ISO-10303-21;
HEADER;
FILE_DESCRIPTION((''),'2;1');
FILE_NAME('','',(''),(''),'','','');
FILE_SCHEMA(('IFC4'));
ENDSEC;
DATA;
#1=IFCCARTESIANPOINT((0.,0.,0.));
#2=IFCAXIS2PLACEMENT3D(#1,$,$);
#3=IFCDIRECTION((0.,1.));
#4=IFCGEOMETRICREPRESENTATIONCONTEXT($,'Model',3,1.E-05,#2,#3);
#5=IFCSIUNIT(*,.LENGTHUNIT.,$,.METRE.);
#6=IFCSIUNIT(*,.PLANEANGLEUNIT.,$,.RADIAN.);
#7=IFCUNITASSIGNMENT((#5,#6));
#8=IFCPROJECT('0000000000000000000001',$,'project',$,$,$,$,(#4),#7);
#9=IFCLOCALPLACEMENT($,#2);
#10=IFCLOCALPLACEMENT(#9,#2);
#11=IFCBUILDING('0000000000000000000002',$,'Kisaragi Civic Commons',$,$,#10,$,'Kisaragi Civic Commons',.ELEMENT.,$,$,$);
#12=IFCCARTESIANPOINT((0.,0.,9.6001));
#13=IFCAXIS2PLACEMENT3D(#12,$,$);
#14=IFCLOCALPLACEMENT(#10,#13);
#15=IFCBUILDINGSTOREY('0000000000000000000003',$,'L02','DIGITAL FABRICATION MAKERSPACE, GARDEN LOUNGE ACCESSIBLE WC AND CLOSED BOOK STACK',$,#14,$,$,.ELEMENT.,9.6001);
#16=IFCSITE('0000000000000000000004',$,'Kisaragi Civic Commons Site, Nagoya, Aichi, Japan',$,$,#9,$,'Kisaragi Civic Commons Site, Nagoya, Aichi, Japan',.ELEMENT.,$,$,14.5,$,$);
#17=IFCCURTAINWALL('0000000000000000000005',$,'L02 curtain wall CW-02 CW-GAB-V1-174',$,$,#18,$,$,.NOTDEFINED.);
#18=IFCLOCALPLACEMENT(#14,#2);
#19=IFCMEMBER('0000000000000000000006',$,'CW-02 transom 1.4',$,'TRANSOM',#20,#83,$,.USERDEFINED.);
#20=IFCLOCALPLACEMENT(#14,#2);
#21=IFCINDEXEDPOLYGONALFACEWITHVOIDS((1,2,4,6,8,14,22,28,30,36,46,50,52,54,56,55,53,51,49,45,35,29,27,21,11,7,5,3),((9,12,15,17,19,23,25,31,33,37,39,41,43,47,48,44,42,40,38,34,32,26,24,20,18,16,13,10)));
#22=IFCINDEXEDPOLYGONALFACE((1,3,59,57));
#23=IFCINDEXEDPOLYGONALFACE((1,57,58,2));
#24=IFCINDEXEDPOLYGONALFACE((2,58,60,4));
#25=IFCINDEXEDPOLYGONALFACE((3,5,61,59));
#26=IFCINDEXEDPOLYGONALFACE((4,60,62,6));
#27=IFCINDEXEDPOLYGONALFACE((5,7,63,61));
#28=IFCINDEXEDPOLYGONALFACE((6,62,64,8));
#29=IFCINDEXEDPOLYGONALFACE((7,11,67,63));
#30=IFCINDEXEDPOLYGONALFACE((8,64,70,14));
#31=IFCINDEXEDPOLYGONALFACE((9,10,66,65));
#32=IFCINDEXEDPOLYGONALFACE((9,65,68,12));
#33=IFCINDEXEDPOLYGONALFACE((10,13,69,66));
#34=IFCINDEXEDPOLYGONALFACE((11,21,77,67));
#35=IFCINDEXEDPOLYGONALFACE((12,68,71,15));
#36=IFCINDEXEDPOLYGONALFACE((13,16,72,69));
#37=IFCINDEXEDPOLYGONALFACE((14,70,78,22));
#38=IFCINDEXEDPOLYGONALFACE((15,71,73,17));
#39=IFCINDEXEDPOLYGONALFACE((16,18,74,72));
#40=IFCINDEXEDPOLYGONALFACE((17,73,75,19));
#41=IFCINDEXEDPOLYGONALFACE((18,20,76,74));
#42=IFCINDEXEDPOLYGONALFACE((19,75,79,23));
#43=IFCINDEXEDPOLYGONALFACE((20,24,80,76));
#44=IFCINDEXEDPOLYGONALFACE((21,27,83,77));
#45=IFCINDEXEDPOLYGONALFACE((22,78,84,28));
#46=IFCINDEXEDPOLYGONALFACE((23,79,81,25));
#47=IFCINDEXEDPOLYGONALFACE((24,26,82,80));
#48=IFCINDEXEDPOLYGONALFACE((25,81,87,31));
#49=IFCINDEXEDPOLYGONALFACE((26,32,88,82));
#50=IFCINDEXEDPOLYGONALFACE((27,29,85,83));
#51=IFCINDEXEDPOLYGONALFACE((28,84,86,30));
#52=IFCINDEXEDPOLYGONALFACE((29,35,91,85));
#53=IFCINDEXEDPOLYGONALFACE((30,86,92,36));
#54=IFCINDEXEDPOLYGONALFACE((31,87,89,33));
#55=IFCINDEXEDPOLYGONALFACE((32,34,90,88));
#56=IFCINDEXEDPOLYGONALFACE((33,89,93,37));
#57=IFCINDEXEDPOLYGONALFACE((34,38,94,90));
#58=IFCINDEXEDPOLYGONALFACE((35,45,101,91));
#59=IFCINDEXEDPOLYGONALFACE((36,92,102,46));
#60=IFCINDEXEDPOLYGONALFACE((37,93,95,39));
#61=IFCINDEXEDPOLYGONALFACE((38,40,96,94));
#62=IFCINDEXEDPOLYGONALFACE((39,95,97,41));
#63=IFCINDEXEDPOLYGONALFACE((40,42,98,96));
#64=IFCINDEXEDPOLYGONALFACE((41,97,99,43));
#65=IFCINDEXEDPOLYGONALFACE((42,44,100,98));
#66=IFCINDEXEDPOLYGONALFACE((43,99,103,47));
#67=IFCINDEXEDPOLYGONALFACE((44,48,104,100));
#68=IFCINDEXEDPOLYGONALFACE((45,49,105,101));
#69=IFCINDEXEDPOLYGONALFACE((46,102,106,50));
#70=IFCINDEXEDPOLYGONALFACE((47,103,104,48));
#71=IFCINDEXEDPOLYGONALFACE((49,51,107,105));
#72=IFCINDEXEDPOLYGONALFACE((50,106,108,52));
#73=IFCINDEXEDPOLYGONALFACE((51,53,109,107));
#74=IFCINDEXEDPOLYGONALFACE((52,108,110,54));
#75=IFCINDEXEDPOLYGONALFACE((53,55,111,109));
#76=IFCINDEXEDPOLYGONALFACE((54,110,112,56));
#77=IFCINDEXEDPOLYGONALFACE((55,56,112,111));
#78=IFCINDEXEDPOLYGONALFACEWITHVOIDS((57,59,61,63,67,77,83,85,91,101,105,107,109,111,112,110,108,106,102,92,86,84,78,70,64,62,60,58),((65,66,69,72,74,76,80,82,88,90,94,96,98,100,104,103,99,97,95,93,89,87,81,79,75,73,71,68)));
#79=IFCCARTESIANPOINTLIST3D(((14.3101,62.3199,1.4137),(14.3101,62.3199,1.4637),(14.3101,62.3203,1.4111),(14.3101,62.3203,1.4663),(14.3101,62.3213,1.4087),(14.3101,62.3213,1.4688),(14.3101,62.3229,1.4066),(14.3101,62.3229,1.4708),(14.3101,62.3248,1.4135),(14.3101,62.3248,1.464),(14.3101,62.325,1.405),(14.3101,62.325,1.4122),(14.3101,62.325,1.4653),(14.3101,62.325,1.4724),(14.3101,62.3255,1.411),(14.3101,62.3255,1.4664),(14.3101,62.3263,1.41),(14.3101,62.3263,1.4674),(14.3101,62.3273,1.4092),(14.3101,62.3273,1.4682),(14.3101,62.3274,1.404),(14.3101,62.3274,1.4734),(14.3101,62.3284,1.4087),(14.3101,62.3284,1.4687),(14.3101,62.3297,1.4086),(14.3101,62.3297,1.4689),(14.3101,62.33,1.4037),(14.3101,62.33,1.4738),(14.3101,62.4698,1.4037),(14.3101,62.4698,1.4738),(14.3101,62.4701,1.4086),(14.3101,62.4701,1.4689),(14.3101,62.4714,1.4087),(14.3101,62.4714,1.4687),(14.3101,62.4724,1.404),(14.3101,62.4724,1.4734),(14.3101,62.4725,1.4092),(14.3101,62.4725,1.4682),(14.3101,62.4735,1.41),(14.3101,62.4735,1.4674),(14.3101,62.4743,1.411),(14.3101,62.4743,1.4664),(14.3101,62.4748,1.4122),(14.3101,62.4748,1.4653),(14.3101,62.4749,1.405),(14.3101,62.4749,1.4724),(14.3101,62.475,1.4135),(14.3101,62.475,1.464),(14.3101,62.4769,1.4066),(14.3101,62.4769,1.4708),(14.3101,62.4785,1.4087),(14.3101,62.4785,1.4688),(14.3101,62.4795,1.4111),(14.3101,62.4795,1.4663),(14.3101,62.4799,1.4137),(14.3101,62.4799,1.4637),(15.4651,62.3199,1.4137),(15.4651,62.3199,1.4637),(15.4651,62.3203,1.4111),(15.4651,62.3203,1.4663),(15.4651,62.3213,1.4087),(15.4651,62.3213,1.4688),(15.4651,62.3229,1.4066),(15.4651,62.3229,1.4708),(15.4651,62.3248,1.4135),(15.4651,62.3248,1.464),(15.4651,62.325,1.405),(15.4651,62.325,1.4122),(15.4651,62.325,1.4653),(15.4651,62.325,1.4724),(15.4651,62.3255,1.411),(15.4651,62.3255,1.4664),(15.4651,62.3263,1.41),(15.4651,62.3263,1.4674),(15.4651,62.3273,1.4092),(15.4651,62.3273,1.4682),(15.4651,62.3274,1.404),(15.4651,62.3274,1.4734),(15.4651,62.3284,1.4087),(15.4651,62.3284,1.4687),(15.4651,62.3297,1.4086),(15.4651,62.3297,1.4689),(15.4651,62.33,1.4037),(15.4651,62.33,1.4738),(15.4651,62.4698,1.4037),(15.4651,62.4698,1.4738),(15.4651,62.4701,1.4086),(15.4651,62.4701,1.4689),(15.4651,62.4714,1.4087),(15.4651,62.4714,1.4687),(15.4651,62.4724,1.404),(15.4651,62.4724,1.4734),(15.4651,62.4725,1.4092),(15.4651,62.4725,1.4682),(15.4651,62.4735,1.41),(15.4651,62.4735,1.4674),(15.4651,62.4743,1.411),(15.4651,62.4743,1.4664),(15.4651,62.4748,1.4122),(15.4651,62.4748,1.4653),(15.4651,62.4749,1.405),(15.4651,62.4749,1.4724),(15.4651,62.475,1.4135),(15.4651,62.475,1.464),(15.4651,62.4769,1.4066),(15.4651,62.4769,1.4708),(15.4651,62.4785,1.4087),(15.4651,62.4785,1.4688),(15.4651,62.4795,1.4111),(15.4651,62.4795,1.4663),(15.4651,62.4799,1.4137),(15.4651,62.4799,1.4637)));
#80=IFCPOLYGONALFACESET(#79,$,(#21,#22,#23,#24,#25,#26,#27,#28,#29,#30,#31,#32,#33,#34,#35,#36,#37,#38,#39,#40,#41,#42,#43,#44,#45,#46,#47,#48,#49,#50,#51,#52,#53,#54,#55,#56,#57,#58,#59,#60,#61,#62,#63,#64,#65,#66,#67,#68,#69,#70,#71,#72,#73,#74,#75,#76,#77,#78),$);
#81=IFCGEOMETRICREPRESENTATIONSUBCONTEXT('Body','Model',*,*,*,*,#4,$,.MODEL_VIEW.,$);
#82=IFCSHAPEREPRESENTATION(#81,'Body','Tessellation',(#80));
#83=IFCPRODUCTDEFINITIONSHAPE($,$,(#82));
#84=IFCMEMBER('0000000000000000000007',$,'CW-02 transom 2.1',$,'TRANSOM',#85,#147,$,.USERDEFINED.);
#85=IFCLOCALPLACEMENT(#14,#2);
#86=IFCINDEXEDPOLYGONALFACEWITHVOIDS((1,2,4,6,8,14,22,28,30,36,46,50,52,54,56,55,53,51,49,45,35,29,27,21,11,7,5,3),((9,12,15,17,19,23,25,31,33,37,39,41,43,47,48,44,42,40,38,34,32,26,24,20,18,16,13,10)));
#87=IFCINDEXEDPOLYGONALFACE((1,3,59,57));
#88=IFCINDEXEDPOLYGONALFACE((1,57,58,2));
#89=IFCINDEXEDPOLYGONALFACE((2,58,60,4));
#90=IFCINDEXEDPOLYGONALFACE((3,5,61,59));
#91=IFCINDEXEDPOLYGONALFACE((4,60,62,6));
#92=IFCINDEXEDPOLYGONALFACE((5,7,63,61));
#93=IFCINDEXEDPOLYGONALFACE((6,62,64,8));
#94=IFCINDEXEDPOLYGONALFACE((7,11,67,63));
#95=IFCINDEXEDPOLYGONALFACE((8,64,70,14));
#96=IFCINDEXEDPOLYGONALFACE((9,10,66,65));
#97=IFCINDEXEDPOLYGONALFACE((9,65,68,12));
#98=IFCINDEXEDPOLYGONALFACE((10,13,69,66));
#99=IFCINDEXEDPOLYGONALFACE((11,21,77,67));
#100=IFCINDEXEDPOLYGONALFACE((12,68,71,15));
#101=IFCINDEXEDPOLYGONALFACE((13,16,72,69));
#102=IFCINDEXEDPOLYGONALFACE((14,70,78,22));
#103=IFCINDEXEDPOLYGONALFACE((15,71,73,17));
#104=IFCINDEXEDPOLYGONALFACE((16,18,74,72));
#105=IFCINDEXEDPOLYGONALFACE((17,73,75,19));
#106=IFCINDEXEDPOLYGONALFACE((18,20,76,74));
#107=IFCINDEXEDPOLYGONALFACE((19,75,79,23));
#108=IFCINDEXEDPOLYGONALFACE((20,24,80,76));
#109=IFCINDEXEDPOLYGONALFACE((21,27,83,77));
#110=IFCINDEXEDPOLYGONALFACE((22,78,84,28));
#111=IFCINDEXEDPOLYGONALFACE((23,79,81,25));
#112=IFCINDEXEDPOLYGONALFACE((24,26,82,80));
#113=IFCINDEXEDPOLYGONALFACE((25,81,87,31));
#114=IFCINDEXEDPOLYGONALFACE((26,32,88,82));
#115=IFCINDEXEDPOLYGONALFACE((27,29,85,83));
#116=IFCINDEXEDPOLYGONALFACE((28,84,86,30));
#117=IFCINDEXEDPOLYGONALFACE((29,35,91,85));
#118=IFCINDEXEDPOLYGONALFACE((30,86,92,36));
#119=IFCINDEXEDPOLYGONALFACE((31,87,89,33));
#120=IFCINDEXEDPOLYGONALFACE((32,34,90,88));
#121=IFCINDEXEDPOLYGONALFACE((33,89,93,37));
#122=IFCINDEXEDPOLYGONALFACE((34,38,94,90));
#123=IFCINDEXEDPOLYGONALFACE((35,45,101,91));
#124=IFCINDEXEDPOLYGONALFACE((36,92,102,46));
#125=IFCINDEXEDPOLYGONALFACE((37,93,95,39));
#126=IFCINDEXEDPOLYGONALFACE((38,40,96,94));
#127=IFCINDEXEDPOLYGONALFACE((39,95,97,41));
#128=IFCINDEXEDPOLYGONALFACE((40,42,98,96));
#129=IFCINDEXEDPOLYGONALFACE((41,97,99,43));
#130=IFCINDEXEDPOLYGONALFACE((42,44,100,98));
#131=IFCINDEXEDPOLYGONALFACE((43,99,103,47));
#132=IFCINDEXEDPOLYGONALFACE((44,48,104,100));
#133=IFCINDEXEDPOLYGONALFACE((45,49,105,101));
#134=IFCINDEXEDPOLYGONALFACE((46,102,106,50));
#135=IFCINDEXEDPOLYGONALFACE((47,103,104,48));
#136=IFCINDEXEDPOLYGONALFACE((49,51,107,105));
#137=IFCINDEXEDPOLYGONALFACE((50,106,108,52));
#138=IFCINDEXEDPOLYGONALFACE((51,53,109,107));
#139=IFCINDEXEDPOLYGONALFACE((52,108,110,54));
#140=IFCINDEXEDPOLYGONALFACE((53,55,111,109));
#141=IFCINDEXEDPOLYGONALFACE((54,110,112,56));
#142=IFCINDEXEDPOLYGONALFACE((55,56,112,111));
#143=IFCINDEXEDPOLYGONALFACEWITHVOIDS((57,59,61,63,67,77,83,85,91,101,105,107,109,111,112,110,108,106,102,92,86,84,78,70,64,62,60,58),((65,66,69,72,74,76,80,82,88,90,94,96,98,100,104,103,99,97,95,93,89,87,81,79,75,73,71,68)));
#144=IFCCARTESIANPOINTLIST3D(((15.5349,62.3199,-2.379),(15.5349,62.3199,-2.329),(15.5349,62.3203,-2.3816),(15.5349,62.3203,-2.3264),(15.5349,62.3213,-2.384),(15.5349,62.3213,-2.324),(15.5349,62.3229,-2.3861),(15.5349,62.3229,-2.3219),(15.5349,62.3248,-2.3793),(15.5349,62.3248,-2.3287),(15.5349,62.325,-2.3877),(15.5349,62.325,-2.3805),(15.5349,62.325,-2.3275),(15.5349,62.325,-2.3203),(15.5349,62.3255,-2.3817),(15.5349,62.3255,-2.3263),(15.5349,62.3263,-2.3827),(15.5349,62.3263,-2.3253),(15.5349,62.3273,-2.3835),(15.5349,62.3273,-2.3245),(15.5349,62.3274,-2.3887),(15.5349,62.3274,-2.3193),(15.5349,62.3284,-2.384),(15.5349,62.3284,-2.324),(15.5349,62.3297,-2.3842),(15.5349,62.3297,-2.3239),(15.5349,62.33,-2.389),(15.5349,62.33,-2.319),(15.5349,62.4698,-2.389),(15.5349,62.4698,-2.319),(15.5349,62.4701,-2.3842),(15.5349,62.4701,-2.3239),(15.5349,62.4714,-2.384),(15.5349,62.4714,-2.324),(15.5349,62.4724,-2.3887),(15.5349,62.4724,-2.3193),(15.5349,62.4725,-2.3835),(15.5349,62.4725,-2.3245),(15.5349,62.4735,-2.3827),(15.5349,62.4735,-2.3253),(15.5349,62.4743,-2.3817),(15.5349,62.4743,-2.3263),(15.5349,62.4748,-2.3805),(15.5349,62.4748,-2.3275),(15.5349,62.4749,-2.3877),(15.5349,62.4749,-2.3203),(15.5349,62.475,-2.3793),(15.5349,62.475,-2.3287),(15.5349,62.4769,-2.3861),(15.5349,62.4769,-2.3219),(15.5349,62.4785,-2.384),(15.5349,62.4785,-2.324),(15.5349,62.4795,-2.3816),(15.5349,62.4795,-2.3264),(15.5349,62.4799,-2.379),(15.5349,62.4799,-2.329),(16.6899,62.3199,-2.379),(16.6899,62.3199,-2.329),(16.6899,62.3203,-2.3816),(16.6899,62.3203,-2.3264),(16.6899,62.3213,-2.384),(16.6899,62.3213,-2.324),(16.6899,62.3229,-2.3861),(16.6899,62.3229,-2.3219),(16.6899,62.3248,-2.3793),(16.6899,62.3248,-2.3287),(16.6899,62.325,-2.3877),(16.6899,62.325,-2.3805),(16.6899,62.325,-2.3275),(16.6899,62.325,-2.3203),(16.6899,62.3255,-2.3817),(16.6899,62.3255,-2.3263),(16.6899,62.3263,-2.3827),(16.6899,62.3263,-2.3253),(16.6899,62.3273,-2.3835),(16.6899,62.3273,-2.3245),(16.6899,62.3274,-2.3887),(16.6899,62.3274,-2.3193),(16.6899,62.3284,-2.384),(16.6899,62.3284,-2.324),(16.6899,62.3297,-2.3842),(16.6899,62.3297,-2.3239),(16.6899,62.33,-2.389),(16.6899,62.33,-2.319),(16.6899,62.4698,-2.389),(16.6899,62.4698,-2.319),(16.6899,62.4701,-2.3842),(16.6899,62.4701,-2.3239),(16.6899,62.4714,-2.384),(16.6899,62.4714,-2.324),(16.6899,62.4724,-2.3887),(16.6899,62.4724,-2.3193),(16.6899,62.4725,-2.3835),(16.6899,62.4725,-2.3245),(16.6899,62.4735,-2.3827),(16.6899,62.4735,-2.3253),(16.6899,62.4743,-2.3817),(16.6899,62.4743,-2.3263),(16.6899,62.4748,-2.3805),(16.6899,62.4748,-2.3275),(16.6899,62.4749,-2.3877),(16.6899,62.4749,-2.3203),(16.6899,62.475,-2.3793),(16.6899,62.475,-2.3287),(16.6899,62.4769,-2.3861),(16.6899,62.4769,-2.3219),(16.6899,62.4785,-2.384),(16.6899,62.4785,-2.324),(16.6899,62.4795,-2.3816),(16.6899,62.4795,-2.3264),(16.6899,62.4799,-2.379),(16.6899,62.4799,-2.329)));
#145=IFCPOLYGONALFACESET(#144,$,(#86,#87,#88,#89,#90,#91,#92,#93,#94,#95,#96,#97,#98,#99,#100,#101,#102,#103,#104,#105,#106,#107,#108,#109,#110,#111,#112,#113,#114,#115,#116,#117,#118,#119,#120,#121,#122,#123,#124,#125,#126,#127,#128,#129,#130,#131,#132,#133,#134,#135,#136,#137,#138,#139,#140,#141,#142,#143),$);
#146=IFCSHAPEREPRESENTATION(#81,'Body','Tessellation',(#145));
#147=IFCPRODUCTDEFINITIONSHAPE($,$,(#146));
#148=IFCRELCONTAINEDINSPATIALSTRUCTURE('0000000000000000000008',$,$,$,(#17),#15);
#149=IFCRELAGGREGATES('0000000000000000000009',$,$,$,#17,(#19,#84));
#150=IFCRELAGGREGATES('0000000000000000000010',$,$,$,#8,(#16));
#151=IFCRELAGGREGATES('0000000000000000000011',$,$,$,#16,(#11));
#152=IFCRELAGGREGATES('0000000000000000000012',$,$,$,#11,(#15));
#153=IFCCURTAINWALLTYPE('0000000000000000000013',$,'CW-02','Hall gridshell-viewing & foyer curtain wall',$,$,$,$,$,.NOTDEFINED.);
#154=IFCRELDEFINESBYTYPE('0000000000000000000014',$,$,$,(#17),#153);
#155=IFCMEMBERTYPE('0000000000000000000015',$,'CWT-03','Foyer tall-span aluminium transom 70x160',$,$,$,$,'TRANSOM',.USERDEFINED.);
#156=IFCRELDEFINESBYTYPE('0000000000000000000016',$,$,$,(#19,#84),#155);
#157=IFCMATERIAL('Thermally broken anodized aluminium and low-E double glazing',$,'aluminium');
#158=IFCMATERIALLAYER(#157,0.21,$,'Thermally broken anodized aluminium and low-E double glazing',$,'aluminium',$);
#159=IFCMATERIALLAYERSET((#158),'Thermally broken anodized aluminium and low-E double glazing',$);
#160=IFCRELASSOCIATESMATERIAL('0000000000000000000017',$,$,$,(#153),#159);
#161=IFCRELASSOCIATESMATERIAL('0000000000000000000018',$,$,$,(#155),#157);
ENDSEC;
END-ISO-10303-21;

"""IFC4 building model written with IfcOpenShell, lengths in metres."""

from ifc_helpers import new_model, si_unit, direction, frame, origin, origin_2d, place, context, subcontext, project, spatial, hollow_rectangle, extrude, material, layer, layer_set, material_profile, profile_set, type_object, element, aggregate, save


model = new_model("IFC4")

# Units and contexts
model_context = context("Model", 3, precision=1e-05, world=origin(), true_north=direction((0.0, 1.0)))
body_context = subcontext(model_context, "Body", "Model", "MODEL_VIEW")
ifc_project = project(units=[si_unit("LENGTHUNIT", "METRE"), si_unit("PLANEANGLEUNIT", "RADIAN")], contexts=[model_context])

# Site, building, storey
site_placement = place(None, origin())
site = spatial("IfcSite", under=ifc_project, at=site_placement, Name="Kisaragi Civic Commons Site, Nagoya, Aichi, Japan", LongName="Kisaragi Civic Commons Site, Nagoya, Aichi, Japan", CompositionType="ELEMENT", RefElevation=14.5)
building_placement = place(site_placement, origin())
building = spatial("IfcBuilding", under=site, at=building_placement, Name="Kisaragi Civic Commons", LongName="Kisaragi Civic Commons", CompositionType="ELEMENT")
storey_placement = place(building_placement, frame((0.0, 0.0, 9.6001)))
storey = spatial("IfcBuildingStorey", under=building, at=storey_placement, Name="L02", Description="DIGITAL FABRICATION MAKERSPACE, GARDEN LOUNGE ACCESSIBLE WC AND CLOSED BOOK STACK", CompositionType="ELEMENT", Elevation=9.6001)

# Curtain wall, members
ifc_material_1 = material(Name="Thermally broken anodized aluminium and low-E double glazing", Category="aluminium")
ifc_layer_1 = layer(ifc_material_1, 0.21, Name="Thermally broken anodized aluminium and low-E double glazing", Category="aluminium")
ifc_layer_set_1 = layer_set([ifc_layer_1], Name="Thermally broken anodized aluminium and low-E double glazing")
curtain_wall_type = type_object("IfcCurtainWallType", Name="CW-02", Description="Hall gridshell-viewing & foyer curtain wall", PredefinedType="NOTDEFINED", material=ifc_layer_set_1)
curtain_wall_placement = place(storey_placement, origin())
curtain_wall = element("IfcCurtainWall", 1, at=curtain_wall_placement, inside=storey, type_object=curtain_wall_type, Name="L02 curtain wall CW-02 CW-GAB-V1-174", PredefinedType="NOTDEFINED")
ifc_material_profile_1 = material_profile(ifc_material_1, hollow_rectangle(XDim=0.1599, YDim=0.0701, WallThickness=0.0049, InnerFilletRadius=0.0049, OuterFilletRadius=0.01, at=origin_2d()), Name="CWT-70x160x5", Category="aluminium")
ifc_profile_set_1 = profile_set([ifc_material_profile_1], Name="Thermally broken anodized aluminium and low-E double glazing")
member_type_1 = type_object("IfcMemberType", Name="CWT-03", Description="Foyer tall-span aluminium transom 70x160", ElementType="TRANSOM", PredefinedType="USERDEFINED", material=ifc_profile_set_1)
member_1_placement = place(storey_placement, frame((14.3101, 62.3999, 1.4387), z_axis=(1.0, 0.0, 0.0), x_axis=(0.0, 1.0, 0.0)))
member_1 = element("IfcMember", 2, at=member_1_placement, type_object=member_type_1, Name="CW-02 transom 1.4", ObjectType="TRANSOM", PredefinedType="USERDEFINED", context=body_context, shape_type="SweptSolid", body=[
    extrude(hollow_rectangle(XDim=0.1599, YDim=0.0701, WallThickness=0.0049, InnerFilletRadius=0.0049, OuterFilletRadius=0.01, at=origin_2d()), origin(), (0.0, 0.0, 1.0), 1.155),
])
member_2_placement = place(storey_placement, frame((15.5349, 62.3999, -2.354), z_axis=(1.0, 0.0, 0.0), x_axis=(0.0, 1.0, 0.0)))
member_2 = element("IfcMember", 3, at=member_2_placement, type_object=member_type_1, Name="CW-02 transom 2.1", ObjectType="TRANSOM", PredefinedType="USERDEFINED", context=body_context, shape_type="SweptSolid", body=[
    extrude(hollow_rectangle(XDim=0.1599, YDim=0.0701, WallThickness=0.0049, InnerFilletRadius=0.0049, OuterFilletRadius=0.01, at=origin_2d()), origin(), (0.0, 0.0, 1.0), 1.155),
])

aggregate(curtain_wall, [member_1, member_2])

save(model, "model.ifc")
